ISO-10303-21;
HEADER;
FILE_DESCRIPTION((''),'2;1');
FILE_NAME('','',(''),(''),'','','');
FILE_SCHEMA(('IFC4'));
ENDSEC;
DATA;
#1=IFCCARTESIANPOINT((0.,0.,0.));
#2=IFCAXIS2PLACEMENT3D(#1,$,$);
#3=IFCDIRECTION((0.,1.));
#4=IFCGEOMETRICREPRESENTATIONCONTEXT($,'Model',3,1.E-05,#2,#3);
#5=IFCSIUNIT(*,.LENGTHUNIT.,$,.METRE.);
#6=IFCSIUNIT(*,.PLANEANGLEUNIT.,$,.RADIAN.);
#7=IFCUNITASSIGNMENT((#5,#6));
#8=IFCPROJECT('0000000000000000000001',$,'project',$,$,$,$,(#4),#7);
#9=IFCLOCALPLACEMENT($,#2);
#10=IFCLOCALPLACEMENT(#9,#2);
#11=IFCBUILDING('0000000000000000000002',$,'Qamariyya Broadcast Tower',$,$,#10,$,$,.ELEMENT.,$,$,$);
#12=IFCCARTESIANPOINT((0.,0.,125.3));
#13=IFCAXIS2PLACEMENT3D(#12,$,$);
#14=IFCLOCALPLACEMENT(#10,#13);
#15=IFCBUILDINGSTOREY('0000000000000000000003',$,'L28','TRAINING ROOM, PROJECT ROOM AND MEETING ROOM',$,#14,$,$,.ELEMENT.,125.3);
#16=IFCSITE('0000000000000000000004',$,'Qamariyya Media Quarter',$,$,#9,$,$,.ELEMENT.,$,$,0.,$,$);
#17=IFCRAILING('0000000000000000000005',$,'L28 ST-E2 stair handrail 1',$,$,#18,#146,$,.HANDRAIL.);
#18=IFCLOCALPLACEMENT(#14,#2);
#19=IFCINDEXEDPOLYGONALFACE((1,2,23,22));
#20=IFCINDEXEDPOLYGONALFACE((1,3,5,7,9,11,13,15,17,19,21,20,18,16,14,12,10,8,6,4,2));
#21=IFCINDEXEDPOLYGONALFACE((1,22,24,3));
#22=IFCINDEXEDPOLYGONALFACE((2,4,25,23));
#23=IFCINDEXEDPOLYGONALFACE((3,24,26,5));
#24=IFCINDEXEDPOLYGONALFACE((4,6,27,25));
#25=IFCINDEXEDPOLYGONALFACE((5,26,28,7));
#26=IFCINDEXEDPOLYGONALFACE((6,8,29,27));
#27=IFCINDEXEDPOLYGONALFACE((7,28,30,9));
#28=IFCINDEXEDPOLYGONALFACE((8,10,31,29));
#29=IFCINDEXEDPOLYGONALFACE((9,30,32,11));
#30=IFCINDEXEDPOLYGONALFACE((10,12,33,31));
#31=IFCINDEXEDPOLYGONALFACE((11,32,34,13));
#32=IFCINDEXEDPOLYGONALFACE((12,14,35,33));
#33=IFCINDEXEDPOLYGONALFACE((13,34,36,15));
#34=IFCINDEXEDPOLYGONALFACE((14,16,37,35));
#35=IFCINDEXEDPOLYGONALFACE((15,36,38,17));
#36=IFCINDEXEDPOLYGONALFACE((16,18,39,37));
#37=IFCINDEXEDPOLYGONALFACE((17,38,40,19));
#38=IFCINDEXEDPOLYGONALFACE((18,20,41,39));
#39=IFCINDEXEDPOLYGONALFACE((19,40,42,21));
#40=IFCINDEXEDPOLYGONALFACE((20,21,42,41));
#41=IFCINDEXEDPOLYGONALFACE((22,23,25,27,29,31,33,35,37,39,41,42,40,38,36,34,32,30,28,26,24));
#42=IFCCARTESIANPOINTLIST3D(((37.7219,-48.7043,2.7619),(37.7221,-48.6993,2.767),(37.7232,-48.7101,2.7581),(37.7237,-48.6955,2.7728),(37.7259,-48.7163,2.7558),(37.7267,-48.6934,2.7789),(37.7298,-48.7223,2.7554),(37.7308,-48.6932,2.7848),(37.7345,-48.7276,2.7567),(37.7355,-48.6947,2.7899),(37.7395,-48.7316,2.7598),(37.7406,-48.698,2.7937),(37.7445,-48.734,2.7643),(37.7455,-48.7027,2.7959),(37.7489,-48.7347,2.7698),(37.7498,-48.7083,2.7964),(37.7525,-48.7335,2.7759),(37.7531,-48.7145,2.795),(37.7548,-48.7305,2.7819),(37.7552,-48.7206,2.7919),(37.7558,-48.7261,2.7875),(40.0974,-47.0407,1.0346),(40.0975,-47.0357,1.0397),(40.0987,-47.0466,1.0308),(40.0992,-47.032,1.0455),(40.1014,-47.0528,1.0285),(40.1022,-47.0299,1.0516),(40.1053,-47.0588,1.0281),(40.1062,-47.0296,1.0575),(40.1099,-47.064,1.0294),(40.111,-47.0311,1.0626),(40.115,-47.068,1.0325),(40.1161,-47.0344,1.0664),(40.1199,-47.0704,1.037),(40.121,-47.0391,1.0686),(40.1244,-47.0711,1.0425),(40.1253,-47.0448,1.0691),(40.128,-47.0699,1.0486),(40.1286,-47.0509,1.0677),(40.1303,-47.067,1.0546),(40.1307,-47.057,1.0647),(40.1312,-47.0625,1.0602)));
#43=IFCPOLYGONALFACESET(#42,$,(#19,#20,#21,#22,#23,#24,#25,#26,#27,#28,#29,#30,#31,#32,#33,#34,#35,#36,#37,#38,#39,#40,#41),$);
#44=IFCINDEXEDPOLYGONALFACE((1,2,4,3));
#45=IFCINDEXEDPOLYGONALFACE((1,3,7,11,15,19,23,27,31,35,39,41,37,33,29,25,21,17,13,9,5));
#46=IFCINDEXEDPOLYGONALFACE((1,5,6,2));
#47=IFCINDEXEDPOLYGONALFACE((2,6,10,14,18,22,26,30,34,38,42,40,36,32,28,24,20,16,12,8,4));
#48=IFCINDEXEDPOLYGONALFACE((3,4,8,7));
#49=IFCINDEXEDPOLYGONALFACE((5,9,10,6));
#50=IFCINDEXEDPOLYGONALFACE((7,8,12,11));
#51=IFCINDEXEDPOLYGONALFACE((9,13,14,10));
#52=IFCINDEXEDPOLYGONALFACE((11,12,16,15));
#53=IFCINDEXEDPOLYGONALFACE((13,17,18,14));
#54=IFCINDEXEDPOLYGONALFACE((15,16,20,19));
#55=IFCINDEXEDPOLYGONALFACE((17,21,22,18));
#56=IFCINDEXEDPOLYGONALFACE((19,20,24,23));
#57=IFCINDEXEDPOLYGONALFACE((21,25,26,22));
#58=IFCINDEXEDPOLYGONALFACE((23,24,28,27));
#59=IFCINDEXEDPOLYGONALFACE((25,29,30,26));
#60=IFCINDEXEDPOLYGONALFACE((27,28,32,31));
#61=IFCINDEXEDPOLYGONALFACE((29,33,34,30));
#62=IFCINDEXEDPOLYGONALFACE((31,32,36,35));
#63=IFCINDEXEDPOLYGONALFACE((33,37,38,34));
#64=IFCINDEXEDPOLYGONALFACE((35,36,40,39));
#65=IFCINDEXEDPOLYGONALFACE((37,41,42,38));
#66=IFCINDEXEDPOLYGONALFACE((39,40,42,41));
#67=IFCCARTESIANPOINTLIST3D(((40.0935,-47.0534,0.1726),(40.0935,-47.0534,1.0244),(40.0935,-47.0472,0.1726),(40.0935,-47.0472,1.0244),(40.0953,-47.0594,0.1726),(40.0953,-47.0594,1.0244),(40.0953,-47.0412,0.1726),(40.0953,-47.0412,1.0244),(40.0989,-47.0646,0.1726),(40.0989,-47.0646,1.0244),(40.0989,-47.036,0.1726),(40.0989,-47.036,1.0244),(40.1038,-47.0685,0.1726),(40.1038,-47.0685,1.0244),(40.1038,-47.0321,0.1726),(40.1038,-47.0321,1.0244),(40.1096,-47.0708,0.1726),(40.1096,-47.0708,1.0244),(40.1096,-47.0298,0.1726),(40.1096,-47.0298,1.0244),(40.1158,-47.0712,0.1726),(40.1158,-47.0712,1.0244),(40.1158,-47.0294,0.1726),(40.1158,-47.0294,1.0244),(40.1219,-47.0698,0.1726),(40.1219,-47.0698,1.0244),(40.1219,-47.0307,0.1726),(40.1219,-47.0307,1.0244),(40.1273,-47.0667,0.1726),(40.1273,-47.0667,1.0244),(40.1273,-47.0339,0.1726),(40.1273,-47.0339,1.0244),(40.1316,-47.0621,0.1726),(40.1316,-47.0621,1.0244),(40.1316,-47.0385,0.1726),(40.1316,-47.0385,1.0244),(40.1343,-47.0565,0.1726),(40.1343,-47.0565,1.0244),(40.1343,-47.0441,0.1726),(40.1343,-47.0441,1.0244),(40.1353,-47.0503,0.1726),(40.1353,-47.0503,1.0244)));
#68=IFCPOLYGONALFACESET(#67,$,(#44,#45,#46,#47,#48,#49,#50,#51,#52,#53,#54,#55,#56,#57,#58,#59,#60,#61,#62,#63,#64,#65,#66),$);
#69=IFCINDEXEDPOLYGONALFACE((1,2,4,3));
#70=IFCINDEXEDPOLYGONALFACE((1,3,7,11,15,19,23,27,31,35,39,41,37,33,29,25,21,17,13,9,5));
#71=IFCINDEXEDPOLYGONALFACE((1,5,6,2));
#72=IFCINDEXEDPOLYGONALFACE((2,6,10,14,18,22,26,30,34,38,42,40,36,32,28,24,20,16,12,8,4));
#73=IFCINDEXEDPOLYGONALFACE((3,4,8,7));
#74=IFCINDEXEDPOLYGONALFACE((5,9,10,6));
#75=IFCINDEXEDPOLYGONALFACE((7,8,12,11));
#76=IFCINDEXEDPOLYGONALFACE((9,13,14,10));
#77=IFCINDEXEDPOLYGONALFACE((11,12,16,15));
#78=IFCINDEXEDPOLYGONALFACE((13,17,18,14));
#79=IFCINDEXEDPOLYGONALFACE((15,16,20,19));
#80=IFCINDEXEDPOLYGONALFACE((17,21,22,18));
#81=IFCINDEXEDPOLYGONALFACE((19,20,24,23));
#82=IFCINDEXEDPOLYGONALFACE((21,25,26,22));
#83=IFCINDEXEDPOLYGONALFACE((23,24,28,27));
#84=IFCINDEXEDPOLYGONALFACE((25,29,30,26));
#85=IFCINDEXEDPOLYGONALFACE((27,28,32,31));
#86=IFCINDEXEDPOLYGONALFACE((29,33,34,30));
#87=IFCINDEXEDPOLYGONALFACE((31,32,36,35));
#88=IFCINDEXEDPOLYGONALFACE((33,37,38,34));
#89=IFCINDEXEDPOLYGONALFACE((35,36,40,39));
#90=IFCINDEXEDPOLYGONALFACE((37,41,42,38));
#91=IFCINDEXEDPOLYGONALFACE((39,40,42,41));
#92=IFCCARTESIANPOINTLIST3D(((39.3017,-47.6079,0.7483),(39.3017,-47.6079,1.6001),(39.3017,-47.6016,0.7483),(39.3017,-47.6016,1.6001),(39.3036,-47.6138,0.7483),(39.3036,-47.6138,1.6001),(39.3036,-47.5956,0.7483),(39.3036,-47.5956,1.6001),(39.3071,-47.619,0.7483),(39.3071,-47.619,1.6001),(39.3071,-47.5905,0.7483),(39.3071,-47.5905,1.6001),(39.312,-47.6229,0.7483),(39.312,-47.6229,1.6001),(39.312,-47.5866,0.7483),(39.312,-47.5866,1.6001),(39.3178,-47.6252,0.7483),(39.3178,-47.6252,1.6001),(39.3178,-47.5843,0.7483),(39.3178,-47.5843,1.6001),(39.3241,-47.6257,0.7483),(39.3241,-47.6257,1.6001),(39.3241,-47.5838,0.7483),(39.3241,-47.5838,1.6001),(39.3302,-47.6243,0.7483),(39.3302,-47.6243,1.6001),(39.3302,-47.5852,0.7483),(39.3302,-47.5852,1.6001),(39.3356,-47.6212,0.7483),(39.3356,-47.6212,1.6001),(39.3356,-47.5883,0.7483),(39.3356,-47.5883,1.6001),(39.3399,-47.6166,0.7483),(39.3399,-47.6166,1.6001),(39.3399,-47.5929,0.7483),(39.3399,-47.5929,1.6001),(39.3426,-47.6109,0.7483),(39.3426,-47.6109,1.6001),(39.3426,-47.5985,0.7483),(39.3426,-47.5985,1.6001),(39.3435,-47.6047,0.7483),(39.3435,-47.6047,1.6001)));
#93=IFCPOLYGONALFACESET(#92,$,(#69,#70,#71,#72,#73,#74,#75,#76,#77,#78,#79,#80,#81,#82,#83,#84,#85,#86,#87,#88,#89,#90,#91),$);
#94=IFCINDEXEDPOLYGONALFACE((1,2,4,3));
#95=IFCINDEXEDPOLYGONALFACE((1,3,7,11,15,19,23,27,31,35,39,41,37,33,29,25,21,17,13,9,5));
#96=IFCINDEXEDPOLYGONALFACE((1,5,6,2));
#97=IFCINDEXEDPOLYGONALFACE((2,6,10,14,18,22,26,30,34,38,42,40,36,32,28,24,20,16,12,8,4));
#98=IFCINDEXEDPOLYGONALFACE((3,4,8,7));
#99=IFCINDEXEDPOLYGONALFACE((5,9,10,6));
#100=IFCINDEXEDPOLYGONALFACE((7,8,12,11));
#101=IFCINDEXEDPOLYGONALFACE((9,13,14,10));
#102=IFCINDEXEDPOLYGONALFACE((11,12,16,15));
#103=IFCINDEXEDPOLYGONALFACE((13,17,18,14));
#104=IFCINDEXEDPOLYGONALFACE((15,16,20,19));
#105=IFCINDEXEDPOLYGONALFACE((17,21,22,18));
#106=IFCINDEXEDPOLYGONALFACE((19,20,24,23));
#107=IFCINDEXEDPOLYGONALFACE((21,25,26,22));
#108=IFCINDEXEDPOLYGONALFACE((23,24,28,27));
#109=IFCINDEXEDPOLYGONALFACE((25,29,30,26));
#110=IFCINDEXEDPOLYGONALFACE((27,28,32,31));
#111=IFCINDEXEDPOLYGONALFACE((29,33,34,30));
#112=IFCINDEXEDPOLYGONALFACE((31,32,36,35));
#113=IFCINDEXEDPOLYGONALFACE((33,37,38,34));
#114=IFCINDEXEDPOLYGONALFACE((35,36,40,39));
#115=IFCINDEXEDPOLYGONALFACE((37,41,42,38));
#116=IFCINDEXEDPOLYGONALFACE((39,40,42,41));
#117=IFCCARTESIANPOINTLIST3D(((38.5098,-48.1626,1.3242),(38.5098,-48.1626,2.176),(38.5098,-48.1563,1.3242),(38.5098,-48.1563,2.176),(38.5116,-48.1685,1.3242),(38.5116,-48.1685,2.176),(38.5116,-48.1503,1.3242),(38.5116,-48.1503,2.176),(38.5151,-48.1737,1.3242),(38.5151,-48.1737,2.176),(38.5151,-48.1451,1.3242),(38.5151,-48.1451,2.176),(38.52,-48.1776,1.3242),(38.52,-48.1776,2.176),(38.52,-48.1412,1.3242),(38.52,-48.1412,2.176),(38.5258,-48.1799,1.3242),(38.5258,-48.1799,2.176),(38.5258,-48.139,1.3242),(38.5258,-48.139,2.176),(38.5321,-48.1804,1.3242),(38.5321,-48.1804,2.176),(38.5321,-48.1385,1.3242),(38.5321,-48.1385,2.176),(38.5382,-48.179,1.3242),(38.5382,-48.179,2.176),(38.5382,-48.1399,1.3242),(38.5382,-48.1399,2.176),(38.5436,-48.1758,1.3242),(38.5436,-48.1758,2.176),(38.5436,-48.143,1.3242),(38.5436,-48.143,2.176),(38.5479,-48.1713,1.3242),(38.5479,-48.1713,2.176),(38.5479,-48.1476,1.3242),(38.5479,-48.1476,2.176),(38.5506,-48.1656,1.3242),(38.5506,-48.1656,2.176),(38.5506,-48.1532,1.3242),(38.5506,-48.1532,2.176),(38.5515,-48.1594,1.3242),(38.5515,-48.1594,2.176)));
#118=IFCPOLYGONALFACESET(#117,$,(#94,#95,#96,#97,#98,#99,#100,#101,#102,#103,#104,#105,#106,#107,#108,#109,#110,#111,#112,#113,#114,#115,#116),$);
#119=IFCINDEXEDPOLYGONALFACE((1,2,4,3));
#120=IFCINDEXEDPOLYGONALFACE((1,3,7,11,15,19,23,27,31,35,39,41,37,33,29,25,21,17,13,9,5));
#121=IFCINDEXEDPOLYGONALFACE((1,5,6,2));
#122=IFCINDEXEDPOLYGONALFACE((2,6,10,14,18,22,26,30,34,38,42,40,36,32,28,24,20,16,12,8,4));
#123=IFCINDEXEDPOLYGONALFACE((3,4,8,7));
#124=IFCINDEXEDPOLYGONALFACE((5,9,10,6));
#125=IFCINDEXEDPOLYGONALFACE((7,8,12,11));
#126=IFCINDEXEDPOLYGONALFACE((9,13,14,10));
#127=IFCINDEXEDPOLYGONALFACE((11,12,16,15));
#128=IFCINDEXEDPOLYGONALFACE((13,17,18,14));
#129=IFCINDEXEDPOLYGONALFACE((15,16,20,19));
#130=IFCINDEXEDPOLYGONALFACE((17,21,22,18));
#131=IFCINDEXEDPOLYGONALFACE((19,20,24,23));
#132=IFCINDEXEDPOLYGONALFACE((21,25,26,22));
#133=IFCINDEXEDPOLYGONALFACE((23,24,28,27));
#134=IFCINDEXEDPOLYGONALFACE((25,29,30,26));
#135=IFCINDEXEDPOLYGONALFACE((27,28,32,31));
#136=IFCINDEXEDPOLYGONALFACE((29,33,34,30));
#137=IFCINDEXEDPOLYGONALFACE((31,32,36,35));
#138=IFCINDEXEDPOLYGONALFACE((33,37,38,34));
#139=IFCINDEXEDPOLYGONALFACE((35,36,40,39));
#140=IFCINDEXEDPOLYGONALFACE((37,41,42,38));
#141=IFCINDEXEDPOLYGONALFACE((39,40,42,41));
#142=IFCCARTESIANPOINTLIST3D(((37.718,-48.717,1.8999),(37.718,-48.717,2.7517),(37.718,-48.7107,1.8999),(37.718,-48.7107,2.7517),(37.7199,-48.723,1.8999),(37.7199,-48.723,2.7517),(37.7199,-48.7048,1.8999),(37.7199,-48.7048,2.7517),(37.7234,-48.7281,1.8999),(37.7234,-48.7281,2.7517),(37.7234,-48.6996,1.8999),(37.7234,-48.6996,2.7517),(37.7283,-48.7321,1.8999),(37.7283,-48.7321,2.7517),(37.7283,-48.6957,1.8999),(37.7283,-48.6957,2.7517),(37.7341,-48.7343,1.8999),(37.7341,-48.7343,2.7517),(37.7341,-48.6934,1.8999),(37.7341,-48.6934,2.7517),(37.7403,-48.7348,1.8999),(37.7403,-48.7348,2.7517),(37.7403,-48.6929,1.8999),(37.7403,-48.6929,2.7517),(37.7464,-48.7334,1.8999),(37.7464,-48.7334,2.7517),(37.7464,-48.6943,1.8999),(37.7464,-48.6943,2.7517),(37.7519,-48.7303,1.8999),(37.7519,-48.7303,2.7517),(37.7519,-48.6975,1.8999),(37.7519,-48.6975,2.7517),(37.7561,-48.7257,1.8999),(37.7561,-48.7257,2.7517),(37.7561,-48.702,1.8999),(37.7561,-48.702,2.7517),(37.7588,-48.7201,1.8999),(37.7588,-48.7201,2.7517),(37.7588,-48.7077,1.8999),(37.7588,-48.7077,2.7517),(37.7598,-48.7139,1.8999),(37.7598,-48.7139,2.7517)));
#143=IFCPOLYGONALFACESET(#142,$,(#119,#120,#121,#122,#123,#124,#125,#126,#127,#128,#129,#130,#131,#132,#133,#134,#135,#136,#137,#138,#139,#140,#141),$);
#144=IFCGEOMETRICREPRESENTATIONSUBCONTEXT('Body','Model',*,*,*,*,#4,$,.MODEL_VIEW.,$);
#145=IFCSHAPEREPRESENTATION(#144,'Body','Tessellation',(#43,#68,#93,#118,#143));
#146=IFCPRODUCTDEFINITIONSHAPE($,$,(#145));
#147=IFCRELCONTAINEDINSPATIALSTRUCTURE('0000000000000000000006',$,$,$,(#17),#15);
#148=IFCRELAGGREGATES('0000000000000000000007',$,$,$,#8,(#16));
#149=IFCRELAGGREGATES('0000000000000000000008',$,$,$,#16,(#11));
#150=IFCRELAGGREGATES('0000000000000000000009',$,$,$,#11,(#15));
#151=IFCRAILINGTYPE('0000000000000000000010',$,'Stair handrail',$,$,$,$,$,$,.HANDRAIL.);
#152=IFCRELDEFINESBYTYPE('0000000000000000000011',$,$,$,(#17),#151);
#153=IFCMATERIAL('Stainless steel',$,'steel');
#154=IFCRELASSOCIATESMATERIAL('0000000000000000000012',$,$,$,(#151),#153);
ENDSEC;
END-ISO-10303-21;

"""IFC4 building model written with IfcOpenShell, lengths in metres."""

from ifc_helpers import new_model, si_unit, direction, frame, origin, origin_2d, place, context, subcontext, project, spatial, circle, extrude, material, type_object, element, save


model = new_model("IFC4")

# Units and contexts
model_context = context("Model", 3, precision=1e-05, world=origin(), true_north=direction((0.0, 1.0)))
body_context = subcontext(model_context, "Body", "Model", "MODEL_VIEW")
ifc_project = project(units=[si_unit("LENGTHUNIT", "METRE"), si_unit("PLANEANGLEUNIT", "RADIAN")], contexts=[model_context])

# Site, building, storey
site_placement = place(None, origin())
site = spatial("IfcSite", under=ifc_project, at=site_placement, Name="Qamariyya Media Quarter", CompositionType="ELEMENT", RefElevation=0.0)
building_placement = place(site_placement, origin())
building = spatial("IfcBuilding", under=site, at=building_placement, Name="Qamariyya Broadcast Tower", CompositionType="ELEMENT")
storey_placement = place(building_placement, frame((0.0, 0.0, 125.3)))
storey = spatial("IfcBuildingStorey", under=building, at=storey_placement, Name="L28", Description="TRAINING ROOM, PROJECT ROOM AND MEETING ROOM", CompositionType="ELEMENT", Elevation=125.3)

# Railing
ifc_material_1 = material(Name="Stainless steel", Category="steel")
railing_type_1 = type_object("IfcRailingType", Name="Stair handrail", PredefinedType="HANDRAIL", material=ifc_material_1)
railing_1_placement = place(storey_placement, frame((40.1143, -47.0503, 0.1726)))
element("IfcRailing", 1, at=railing_1_placement, inside=storey, type_object=railing_type_1, Name="L28 ST-E2 stair handrail 1", PredefinedType="HANDRAIL", context=body_context, shape_type="SweptSolid", body=[
    extrude(circle(Radius=0.0239, at=origin_2d()), frame((0.0, 0.0, 0.876), z_axis=(-0.703745, -0.492838, 0.511716), x_axis=(0.573632, -0.819113, 0.0)), (0.0, 0.0, 1.0), 3.3755),
    extrude(circle(Radius=0.021, at=origin_2d()), origin(), (0.0, 0.0, 1.0), 0.8518),
    extrude(circle(Radius=0.021, at=origin_2d()), frame((-0.7917, -0.5544, 0.5757)), (0.0, 0.0, 1.0), 0.8518),
    extrude(circle(Radius=0.021, at=origin_2d()), frame((-1.5837, -1.1091, 1.1516)), (0.0, 0.0, 1.0), 0.8518),
    extrude(circle(Radius=0.021, at=origin_2d()), frame((-2.3755, -1.6636, 1.7273)), (0.0, 0.0, 1.0), 0.8518),
])

save(model, "model.ifc")
